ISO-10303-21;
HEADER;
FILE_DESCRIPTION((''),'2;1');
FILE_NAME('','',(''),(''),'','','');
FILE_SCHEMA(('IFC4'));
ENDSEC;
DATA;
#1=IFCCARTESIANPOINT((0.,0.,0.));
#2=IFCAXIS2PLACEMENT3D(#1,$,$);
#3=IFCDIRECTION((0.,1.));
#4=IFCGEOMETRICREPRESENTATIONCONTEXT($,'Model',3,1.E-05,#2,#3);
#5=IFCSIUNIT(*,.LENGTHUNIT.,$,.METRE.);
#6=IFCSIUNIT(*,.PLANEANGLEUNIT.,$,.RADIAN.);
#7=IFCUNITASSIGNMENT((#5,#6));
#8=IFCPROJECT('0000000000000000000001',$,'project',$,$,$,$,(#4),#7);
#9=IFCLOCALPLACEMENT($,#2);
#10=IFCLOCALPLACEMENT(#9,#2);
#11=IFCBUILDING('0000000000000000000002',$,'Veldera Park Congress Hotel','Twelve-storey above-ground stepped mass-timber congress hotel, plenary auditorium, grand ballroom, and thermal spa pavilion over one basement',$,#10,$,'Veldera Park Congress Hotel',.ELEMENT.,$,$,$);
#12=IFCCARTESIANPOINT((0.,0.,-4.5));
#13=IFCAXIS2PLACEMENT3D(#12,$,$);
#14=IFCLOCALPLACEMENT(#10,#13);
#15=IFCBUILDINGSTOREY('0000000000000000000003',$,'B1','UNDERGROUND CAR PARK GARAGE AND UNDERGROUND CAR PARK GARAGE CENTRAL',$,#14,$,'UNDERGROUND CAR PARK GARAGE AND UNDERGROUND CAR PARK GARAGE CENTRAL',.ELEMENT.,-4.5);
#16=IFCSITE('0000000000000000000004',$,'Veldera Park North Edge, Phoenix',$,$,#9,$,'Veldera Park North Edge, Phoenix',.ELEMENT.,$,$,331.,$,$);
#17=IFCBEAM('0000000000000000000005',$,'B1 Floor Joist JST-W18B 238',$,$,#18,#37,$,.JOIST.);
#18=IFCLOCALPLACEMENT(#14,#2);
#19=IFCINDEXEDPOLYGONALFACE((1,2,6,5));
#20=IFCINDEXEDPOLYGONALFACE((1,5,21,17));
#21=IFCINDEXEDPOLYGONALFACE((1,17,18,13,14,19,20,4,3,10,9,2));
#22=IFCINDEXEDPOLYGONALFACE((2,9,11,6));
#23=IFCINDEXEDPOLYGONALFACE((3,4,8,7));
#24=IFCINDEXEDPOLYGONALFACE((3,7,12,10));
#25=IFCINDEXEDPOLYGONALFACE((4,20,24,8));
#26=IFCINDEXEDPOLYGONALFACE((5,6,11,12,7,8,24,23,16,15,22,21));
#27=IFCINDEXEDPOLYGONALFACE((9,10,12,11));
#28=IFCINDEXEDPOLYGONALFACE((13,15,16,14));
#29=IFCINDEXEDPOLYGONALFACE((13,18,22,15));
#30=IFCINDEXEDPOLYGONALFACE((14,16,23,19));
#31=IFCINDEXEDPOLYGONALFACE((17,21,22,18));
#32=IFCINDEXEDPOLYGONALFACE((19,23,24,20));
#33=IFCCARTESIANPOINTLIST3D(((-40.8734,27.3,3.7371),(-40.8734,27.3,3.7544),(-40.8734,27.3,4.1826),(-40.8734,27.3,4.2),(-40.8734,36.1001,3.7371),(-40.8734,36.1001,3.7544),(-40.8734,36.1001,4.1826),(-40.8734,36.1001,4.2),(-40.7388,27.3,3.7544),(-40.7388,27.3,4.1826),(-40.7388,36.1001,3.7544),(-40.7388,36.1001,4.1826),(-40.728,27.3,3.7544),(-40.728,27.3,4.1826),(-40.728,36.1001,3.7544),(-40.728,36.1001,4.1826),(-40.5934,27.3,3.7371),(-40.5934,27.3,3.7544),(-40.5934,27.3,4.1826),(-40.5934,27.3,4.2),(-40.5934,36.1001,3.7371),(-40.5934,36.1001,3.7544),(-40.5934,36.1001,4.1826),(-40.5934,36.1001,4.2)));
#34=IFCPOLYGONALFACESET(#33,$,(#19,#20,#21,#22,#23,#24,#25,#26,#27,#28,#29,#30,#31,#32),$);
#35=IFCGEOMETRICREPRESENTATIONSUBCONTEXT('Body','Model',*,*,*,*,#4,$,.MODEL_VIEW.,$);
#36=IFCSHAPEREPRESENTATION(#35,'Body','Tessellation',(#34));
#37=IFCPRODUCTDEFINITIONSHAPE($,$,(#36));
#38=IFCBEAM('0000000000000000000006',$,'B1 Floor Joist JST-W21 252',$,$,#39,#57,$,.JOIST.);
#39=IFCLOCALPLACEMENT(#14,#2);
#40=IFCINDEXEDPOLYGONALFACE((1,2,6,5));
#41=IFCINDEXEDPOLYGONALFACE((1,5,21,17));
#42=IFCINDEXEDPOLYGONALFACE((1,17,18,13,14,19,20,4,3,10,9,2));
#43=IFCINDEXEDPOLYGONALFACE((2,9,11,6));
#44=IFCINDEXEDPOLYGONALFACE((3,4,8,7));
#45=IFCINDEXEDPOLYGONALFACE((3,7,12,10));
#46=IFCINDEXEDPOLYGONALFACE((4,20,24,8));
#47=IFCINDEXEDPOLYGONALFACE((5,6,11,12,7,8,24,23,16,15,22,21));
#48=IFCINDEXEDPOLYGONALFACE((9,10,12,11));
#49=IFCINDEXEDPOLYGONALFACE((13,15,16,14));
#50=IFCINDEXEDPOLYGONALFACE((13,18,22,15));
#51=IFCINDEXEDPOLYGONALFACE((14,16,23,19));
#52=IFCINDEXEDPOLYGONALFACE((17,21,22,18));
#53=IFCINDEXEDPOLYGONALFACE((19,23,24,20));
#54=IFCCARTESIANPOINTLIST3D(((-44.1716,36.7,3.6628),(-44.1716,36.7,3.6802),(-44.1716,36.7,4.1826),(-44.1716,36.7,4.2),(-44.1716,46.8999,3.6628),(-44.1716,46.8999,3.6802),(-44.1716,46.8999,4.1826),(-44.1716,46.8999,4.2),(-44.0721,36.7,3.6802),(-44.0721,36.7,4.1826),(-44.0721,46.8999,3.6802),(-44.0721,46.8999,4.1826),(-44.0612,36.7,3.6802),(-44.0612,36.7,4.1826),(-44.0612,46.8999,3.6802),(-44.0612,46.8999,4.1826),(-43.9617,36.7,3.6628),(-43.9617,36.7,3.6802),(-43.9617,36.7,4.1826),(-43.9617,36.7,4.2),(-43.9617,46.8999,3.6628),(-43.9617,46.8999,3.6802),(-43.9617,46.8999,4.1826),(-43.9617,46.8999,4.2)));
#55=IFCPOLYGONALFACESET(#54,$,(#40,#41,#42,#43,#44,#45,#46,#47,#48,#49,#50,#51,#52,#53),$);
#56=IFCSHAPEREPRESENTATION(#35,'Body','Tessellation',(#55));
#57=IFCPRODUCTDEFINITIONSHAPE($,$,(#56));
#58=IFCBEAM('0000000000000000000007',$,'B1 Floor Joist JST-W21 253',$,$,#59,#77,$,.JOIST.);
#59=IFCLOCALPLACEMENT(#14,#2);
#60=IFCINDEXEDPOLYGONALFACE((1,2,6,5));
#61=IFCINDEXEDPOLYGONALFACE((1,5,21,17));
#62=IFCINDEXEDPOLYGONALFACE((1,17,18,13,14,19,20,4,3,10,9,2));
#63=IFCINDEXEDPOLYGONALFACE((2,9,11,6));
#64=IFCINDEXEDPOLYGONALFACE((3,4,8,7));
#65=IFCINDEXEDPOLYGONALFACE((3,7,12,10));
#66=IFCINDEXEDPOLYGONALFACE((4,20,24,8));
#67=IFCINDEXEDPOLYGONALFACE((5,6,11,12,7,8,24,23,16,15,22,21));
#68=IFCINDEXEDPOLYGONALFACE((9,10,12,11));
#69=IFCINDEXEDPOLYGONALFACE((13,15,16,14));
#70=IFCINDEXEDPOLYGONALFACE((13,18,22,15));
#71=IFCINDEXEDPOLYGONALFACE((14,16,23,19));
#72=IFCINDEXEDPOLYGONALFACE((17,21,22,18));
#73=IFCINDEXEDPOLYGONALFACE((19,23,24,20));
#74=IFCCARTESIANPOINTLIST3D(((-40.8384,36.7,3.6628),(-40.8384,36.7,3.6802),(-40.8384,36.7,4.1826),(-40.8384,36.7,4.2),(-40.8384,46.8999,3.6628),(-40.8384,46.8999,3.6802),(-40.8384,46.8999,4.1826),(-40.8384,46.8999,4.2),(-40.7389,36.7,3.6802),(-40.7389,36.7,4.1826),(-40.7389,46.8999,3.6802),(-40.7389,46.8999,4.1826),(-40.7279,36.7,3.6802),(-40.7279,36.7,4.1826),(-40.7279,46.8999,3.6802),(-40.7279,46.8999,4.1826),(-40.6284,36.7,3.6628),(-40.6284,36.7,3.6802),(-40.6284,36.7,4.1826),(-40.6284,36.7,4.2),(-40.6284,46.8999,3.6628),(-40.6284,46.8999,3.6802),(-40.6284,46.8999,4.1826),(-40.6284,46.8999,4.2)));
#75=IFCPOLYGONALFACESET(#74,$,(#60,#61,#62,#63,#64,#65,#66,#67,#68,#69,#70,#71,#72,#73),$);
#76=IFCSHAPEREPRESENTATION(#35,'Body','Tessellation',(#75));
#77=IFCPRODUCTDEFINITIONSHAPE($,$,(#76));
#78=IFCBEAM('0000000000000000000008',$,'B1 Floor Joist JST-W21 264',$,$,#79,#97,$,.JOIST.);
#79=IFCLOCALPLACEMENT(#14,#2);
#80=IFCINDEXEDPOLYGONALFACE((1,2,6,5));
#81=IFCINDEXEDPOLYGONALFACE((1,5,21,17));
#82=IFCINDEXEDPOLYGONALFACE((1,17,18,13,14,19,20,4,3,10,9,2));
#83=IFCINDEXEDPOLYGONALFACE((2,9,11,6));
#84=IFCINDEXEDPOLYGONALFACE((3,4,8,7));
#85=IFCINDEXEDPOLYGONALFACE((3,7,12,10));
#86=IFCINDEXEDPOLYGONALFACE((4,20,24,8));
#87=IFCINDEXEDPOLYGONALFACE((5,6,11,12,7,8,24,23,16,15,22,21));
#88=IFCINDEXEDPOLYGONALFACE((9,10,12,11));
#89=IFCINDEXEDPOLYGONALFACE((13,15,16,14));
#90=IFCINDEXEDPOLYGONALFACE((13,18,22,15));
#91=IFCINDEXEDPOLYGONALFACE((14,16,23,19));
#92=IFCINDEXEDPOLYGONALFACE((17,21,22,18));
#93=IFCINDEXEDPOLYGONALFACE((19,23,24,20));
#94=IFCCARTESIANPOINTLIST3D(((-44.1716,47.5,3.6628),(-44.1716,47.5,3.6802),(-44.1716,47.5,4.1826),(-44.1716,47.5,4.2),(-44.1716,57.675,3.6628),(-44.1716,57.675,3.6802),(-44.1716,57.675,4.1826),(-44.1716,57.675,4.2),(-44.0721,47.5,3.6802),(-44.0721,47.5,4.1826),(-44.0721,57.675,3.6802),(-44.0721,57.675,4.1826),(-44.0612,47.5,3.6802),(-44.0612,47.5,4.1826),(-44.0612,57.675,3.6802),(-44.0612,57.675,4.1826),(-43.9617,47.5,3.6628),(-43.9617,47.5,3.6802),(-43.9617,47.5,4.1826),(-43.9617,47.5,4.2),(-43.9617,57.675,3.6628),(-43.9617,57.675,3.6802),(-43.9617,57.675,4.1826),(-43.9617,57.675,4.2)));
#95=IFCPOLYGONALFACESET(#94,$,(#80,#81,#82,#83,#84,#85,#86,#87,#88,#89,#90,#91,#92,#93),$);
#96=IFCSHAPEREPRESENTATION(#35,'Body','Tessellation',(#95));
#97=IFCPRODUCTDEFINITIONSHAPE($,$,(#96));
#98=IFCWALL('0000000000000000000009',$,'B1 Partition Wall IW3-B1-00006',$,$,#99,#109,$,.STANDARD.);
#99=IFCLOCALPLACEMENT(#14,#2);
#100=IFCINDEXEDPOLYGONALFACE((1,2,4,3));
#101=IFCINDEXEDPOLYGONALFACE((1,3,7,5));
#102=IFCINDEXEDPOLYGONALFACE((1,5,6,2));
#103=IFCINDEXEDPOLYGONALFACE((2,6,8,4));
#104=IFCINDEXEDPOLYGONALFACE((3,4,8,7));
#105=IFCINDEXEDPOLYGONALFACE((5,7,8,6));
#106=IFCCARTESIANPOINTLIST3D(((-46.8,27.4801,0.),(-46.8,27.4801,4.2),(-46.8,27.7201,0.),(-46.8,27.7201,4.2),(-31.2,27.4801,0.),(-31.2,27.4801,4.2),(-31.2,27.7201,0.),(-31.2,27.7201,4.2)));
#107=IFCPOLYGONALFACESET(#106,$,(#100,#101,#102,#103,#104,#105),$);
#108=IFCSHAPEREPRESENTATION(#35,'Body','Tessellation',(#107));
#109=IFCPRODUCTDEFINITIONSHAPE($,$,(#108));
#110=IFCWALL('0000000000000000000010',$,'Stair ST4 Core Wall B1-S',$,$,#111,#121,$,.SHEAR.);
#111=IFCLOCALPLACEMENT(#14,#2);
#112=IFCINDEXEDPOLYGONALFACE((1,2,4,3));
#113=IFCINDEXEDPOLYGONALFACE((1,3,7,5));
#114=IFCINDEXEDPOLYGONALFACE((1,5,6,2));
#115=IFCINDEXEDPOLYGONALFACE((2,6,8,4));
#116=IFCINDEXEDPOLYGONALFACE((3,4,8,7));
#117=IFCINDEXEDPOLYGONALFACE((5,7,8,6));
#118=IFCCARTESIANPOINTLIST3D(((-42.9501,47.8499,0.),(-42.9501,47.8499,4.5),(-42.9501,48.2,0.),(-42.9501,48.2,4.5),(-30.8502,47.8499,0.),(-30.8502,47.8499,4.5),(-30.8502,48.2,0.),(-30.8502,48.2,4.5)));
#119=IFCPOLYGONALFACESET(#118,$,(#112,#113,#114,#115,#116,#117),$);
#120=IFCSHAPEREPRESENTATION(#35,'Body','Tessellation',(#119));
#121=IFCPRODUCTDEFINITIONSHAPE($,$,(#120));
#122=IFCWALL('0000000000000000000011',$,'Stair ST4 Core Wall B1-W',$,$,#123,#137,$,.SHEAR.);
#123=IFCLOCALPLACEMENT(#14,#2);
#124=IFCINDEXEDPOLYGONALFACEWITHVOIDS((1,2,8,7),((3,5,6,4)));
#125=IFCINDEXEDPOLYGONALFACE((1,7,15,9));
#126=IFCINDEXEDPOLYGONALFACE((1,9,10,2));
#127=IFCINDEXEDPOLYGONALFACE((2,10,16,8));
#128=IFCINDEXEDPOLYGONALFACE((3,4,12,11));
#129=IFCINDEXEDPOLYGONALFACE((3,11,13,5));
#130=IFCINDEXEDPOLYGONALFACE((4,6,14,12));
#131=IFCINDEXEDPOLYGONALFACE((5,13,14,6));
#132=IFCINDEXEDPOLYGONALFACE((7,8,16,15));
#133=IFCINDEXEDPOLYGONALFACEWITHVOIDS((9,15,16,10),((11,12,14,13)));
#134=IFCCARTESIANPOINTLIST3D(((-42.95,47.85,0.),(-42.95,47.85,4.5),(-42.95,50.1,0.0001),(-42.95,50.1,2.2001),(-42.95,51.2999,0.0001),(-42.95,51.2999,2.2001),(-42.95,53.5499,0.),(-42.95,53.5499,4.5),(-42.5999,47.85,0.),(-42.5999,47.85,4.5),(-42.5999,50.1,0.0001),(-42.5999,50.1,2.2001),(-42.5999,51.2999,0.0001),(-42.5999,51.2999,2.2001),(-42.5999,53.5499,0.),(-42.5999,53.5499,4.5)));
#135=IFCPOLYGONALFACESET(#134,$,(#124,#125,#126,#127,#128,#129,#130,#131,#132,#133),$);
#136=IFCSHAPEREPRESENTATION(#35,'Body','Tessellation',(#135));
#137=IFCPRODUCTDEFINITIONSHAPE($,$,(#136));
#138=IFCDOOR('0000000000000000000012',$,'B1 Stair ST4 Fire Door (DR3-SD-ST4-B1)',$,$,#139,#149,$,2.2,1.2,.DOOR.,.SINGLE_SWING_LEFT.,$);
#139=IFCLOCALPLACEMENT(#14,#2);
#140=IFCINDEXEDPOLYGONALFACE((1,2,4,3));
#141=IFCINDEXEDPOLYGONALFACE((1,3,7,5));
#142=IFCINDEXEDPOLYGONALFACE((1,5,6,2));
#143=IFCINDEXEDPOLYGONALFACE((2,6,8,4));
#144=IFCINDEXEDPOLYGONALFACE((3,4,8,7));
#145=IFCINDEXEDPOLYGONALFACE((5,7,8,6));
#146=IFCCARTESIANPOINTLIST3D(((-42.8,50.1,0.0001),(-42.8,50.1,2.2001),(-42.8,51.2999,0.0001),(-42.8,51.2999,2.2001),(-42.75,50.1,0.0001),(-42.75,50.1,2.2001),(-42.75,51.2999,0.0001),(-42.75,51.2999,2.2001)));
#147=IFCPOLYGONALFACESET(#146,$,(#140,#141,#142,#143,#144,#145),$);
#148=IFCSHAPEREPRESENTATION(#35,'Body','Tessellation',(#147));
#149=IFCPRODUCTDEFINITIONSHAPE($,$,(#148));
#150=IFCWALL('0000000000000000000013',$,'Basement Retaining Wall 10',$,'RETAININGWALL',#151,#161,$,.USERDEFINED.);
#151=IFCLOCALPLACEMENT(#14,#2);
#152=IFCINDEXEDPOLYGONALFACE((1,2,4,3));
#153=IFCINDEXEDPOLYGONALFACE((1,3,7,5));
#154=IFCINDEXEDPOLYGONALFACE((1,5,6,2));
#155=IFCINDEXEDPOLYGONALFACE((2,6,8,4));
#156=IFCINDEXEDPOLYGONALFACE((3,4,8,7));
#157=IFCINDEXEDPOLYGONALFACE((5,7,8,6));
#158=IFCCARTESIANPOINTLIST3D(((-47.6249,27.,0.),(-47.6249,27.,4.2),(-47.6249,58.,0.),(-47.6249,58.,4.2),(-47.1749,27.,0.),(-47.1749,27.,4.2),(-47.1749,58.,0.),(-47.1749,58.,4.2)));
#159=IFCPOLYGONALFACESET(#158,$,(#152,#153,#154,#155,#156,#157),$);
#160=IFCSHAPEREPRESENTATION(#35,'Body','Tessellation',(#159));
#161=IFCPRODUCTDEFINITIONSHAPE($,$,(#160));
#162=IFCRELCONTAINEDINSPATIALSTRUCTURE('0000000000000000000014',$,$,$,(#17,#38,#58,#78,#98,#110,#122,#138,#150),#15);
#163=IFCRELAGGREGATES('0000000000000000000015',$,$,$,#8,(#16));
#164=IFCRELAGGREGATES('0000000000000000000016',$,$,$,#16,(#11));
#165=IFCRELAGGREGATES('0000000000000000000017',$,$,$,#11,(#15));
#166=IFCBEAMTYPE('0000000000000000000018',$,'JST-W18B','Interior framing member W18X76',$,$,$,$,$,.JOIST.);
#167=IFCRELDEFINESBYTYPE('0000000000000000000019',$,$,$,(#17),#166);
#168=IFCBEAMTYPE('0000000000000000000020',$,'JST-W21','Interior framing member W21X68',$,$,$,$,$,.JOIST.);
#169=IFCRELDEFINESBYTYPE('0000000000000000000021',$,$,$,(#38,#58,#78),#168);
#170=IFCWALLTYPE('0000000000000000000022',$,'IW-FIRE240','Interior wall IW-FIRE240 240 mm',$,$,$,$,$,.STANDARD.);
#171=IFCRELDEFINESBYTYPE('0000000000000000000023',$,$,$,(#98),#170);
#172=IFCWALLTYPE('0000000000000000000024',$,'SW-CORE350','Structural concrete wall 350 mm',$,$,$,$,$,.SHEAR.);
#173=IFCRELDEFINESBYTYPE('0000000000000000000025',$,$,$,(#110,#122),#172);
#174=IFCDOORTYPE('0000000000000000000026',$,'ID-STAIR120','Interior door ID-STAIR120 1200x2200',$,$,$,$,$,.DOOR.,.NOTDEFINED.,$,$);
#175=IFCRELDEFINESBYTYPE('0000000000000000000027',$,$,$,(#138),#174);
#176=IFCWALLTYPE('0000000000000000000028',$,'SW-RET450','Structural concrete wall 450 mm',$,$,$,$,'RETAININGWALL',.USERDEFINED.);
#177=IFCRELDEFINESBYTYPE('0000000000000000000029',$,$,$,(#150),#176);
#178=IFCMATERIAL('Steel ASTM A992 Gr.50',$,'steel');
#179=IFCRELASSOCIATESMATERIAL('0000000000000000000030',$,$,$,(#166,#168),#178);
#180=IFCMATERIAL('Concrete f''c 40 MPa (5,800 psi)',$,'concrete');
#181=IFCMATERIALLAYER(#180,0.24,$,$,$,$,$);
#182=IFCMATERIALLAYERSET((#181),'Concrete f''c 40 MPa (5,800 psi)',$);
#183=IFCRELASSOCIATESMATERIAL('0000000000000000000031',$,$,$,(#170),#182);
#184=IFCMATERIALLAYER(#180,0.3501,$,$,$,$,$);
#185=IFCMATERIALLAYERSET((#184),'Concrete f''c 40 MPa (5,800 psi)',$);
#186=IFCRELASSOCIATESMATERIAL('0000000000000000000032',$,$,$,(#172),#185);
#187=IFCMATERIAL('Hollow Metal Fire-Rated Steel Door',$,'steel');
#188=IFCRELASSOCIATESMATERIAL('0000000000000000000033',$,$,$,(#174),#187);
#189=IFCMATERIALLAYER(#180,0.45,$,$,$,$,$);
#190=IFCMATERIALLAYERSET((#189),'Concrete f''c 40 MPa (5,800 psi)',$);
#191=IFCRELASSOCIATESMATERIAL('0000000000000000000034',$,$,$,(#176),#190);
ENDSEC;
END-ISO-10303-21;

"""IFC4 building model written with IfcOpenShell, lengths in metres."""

from ifc_helpers import new_model, si_unit, direction, frame, frame_2d, origin, origin_2d, place, context, subcontext, project, spatial, rectangle, i_section, extrude, material, layer, layer_set, material_profile, profile_set, type_object, element, fill, save


model = new_model("IFC4")

# Units and contexts
model_context = context("Model", 3, precision=1e-05, world=origin(), true_north=direction((0.0, 1.0)))
body_context = subcontext(model_context, "Body", "Model", "MODEL_VIEW")
ifc_project = project(units=[si_unit("LENGTHUNIT", "METRE"), si_unit("PLANEANGLEUNIT", "RADIAN")], contexts=[model_context])

# Site, building, storey
site_placement = place(None, origin())
site = spatial("IfcSite", under=ifc_project, at=site_placement, Name="Veldera Park North Edge, Phoenix", LongName="Veldera Park North Edge, Phoenix", CompositionType="ELEMENT", RefElevation=331.0)
building_placement = place(site_placement, origin())
building = spatial("IfcBuilding", under=site, at=building_placement, Name="Veldera Park Congress Hotel", Description="Twelve-storey above-ground stepped mass-timber congress hotel, plenary auditorium, grand ballroom, and thermal spa pavilion over one basement", LongName="Veldera Park Congress Hotel", CompositionType="ELEMENT")
storey_placement = place(building_placement, frame((0.0, 0.0, -4.5)))
storey = spatial("IfcBuildingStorey", under=building, at=storey_placement, Name="B1", Description="UNDERGROUND CAR PARK GARAGE AND UNDERGROUND CAR PARK GARAGE CENTRAL", LongName="UNDERGROUND CAR PARK GARAGE AND UNDERGROUND CAR PARK GARAGE CENTRAL", CompositionType="ELEMENT", Elevation=-4.5)

# Shared definitions
ifc_material_1 = material(Name="Concrete f'c 40 MPa (5,800 psi)", Category="concrete")

# Beams
ifc_material_2 = material(Name="Steel ASTM A992 Gr.50", Category="steel")
ifc_material_profile_1 = material_profile(ifc_material_2, i_section(OverallWidth=0.28, OverallDepth=0.4629, WebThickness=0.0107, FlangeThickness=0.0173, at=origin_2d()), Name="W18X76")
ifc_profile_set_1 = profile_set([ifc_material_profile_1], Name="Steel ASTM A992 Gr.50")
beam_type_1 = type_object("IfcBeamType", Name="JST-W18B", Description="Interior framing member W18X76", PredefinedType="JOIST", material=ifc_profile_set_1)
for number, where, z_axis, x_axis, name in (
    (1, (-40.7334, 27.3, 3.9685), (0.0, 1.0, 0.0), (-1.0, 0.0, 0.0), "B1 Floor Joist JST-W18B 238"),
):
    element("IfcBeam", number, at=place(storey_placement, frame(where, z_axis=z_axis, x_axis=x_axis)), inside=storey, type_object=beam_type_1, Name=name, PredefinedType="JOIST", context=body_context, shape_type="SweptSolid", body=[
        extrude(i_section(OverallWidth=0.28, OverallDepth=0.4629, WebThickness=0.0107, FlangeThickness=0.0173, at=origin_2d()), origin(), (0.0, 0.0, 1.0), 8.8),
    ])
ifc_material_profile_2 = material_profile(ifc_material_2, i_section(OverallWidth=0.21, OverallDepth=0.5371, WebThickness=0.011, FlangeThickness=0.0173, at=origin_2d()), Name="W21X68")
ifc_profile_set_2 = profile_set([ifc_material_profile_2], Name="Steel ASTM A992 Gr.50")
beam_type_2 = type_object("IfcBeamType", Name="JST-W21", Description="Interior framing member W21X68", PredefinedType="JOIST", material=ifc_profile_set_2)
for number, where, z_axis, x_axis, name in (
    (2, (-44.0667, 36.7, 3.9314), (0.0, 1.0, 0.0), (-1.0, 0.0, 0.0), "B1 Floor Joist JST-W21 252"),
    (3, (-40.7334, 36.7, 3.9314), (0.0, 1.0, 0.0), (-1.0, 0.0, 0.0), "B1 Floor Joist JST-W21 253"),
):
    element("IfcBeam", number, at=place(storey_placement, frame(where, z_axis=z_axis, x_axis=x_axis)), inside=storey, type_object=beam_type_2, Name=name, PredefinedType="JOIST", context=body_context, shape_type="SweptSolid", body=[
        extrude(i_section(OverallWidth=0.21, OverallDepth=0.5371, WebThickness=0.011, FlangeThickness=0.0173, at=origin_2d()), origin(), (0.0, 0.0, 1.0), 10.2),
    ])
beam_1_placement = place(storey_placement, frame((-44.0667, 47.5, 3.9314), z_axis=(0.0, 1.0, 0.0), x_axis=(-1.0, 0.0, 0.0)))
element("IfcBeam", 4, at=beam_1_placement, inside=storey, type_object=beam_type_2, Name="B1 Floor Joist JST-W21 264", PredefinedType="JOIST", context=body_context, shape_type="SweptSolid", body=[
    extrude(i_section(OverallWidth=0.21, OverallDepth=0.5371, WebThickness=0.011, FlangeThickness=0.0173, at=origin_2d()), origin(), (0.0, 0.0, 1.0), 10.175),
])

# Walls
ifc_layer_1 = layer(ifc_material_1, 0.24)
ifc_layer_set_1 = layer_set([ifc_layer_1], Name="Concrete f'c 40 MPa (5,800 psi)")
wall_type_1 = type_object("IfcWallType", Name="IW-FIRE240", Description="Interior wall IW-FIRE240 240 mm", PredefinedType="STANDARD", material=ifc_layer_set_1)
wall_1_placement = place(storey_placement, frame((-46.8, 27.6001, 0.0), z_axis=(0.0, 0.0, 1.0), x_axis=(1.0, 0.0, 0.0)))
element("IfcWall", 5, at=wall_1_placement, inside=storey, type_object=wall_type_1, Name="B1 Partition Wall IW3-B1-00006", PredefinedType="STANDARD", context=body_context, shape_type="SweptSolid", body=[
    extrude(rectangle(XDim=15.6001, YDim=0.24, at=frame_2d((7.8, 0.0))), origin(), (0.0, 0.0, 1.0), 4.2),
])
ifc_layer_2 = layer(ifc_material_1, 0.3501)
ifc_layer_set_2 = layer_set([ifc_layer_2], Name="Concrete f'c 40 MPa (5,800 psi)")
wall_type_2 = type_object("IfcWallType", Name="SW-CORE350", Description="Structural concrete wall 350 mm", PredefinedType="SHEAR", material=ifc_layer_set_2)
wall_2_placement = place(storey_placement, frame((-42.95, 48.0249, 0.0), z_axis=(0.0, 0.0, 1.0), x_axis=(1.0, 0.0, 0.0)))
element("IfcWall", 6, at=wall_2_placement, inside=storey, type_object=wall_type_2, Name="Stair ST4 Core Wall B1-S", PredefinedType="SHEAR", context=body_context, shape_type="SweptSolid", body=[
    extrude(rectangle(XDim=12.0999, YDim=0.3501, at=frame_2d((6.0498, 0.0))), origin(), (0.0, 0.0, 1.0), 4.5),
])

# Wall, opening, door
wall_3_placement = place(storey_placement, frame((-42.7749, 53.55, 0.0), z_axis=(0.0, 0.0, 1.0), x_axis=(0.0, -1.0, 0.0)))
wall_3 = element("IfcWall", 7, at=wall_3_placement, inside=storey, type_object=wall_type_2, Name="Stair ST4 Core Wall B1-W", PredefinedType="SHEAR", context=body_context, shape_type="SweptSolid", body=[
    extrude(rectangle(XDim=5.7, YDim=0.3501, at=frame_2d((2.8501, 0.0))), origin(), (0.0, 0.0, 1.0), 4.5),
])
opening_placement = place(wall_3_placement, frame((2.25, 0.0, 0.0)))
opening = element("IfcOpeningElement", 8, at=opening_placement, cuts=wall_3, PredefinedType="OPENING", context=body_context, shape_type="SweptSolid", body=[
    extrude(rectangle(XDim=1.2, YDim=2.2, at=frame_2d((0.6001, 1.1001))), frame((0.0, 0.187, 0.0), z_axis=(0.0, -1.0, 0.0), x_axis=(1.0, 0.0, 0.0)), (0.0, 0.0, 1.0), 0.374),
])
ifc_material_3 = material(Name="Hollow Metal Fire-Rated Steel Door", Category="steel")
door_type = type_object("IfcDoorType", Name="ID-STAIR120", Description="Interior door ID-STAIR120 1200x2200", OperationType="NOTDEFINED", PredefinedType="DOOR", material=ifc_material_3)
door_placement = place(opening_placement, origin())
door = element("IfcDoor", 9, at=door_placement, inside=storey, type_object=door_type, Name="B1 Stair ST4 Fire Door (DR3-SD-ST4-B1)", OperationType="SINGLE_SWING_LEFT", OverallHeight=2.2, OverallWidth=1.2, PredefinedType="DOOR", context=body_context, shape_type="SweptSolid", body=[
    extrude(rectangle(XDim=1.2, YDim=2.2, at=frame_2d((0.6001, 1.1001))), frame((0.0, 0.0249, 0.0), z_axis=(0.0, -1.0, 0.0), x_axis=(1.0, 0.0, 0.0)), (0.0, 0.0, 1.0), 0.05),
])
fill(opening, door)

# Wall
ifc_layer_3 = layer(ifc_material_1, 0.45)
ifc_layer_set_3 = layer_set([ifc_layer_3], Name="Concrete f'c 40 MPa (5,800 psi)")
wall_type_3 = type_object("IfcWallType", Name="SW-RET450", Description="Structural concrete wall 450 mm", ElementType="RETAININGWALL", PredefinedType="USERDEFINED", material=ifc_layer_set_3)
wall_4_placement = place(storey_placement, frame((-47.3999, 58.0, 0.0), z_axis=(0.0, 0.0, 1.0), x_axis=(0.0, -1.0, 0.0)))
element("IfcWall", 10, at=wall_4_placement, inside=storey, type_object=wall_type_3, Name="Basement Retaining Wall 10", ObjectType="RETAININGWALL", PredefinedType="USERDEFINED", context=body_context, shape_type="SweptSolid", body=[
    extrude(rectangle(XDim=31.0, YDim=0.45, at=frame_2d((15.5, 0.0))), origin(), (0.0, 0.0, 1.0), 4.2),
])

save(model, "model.ifc")
